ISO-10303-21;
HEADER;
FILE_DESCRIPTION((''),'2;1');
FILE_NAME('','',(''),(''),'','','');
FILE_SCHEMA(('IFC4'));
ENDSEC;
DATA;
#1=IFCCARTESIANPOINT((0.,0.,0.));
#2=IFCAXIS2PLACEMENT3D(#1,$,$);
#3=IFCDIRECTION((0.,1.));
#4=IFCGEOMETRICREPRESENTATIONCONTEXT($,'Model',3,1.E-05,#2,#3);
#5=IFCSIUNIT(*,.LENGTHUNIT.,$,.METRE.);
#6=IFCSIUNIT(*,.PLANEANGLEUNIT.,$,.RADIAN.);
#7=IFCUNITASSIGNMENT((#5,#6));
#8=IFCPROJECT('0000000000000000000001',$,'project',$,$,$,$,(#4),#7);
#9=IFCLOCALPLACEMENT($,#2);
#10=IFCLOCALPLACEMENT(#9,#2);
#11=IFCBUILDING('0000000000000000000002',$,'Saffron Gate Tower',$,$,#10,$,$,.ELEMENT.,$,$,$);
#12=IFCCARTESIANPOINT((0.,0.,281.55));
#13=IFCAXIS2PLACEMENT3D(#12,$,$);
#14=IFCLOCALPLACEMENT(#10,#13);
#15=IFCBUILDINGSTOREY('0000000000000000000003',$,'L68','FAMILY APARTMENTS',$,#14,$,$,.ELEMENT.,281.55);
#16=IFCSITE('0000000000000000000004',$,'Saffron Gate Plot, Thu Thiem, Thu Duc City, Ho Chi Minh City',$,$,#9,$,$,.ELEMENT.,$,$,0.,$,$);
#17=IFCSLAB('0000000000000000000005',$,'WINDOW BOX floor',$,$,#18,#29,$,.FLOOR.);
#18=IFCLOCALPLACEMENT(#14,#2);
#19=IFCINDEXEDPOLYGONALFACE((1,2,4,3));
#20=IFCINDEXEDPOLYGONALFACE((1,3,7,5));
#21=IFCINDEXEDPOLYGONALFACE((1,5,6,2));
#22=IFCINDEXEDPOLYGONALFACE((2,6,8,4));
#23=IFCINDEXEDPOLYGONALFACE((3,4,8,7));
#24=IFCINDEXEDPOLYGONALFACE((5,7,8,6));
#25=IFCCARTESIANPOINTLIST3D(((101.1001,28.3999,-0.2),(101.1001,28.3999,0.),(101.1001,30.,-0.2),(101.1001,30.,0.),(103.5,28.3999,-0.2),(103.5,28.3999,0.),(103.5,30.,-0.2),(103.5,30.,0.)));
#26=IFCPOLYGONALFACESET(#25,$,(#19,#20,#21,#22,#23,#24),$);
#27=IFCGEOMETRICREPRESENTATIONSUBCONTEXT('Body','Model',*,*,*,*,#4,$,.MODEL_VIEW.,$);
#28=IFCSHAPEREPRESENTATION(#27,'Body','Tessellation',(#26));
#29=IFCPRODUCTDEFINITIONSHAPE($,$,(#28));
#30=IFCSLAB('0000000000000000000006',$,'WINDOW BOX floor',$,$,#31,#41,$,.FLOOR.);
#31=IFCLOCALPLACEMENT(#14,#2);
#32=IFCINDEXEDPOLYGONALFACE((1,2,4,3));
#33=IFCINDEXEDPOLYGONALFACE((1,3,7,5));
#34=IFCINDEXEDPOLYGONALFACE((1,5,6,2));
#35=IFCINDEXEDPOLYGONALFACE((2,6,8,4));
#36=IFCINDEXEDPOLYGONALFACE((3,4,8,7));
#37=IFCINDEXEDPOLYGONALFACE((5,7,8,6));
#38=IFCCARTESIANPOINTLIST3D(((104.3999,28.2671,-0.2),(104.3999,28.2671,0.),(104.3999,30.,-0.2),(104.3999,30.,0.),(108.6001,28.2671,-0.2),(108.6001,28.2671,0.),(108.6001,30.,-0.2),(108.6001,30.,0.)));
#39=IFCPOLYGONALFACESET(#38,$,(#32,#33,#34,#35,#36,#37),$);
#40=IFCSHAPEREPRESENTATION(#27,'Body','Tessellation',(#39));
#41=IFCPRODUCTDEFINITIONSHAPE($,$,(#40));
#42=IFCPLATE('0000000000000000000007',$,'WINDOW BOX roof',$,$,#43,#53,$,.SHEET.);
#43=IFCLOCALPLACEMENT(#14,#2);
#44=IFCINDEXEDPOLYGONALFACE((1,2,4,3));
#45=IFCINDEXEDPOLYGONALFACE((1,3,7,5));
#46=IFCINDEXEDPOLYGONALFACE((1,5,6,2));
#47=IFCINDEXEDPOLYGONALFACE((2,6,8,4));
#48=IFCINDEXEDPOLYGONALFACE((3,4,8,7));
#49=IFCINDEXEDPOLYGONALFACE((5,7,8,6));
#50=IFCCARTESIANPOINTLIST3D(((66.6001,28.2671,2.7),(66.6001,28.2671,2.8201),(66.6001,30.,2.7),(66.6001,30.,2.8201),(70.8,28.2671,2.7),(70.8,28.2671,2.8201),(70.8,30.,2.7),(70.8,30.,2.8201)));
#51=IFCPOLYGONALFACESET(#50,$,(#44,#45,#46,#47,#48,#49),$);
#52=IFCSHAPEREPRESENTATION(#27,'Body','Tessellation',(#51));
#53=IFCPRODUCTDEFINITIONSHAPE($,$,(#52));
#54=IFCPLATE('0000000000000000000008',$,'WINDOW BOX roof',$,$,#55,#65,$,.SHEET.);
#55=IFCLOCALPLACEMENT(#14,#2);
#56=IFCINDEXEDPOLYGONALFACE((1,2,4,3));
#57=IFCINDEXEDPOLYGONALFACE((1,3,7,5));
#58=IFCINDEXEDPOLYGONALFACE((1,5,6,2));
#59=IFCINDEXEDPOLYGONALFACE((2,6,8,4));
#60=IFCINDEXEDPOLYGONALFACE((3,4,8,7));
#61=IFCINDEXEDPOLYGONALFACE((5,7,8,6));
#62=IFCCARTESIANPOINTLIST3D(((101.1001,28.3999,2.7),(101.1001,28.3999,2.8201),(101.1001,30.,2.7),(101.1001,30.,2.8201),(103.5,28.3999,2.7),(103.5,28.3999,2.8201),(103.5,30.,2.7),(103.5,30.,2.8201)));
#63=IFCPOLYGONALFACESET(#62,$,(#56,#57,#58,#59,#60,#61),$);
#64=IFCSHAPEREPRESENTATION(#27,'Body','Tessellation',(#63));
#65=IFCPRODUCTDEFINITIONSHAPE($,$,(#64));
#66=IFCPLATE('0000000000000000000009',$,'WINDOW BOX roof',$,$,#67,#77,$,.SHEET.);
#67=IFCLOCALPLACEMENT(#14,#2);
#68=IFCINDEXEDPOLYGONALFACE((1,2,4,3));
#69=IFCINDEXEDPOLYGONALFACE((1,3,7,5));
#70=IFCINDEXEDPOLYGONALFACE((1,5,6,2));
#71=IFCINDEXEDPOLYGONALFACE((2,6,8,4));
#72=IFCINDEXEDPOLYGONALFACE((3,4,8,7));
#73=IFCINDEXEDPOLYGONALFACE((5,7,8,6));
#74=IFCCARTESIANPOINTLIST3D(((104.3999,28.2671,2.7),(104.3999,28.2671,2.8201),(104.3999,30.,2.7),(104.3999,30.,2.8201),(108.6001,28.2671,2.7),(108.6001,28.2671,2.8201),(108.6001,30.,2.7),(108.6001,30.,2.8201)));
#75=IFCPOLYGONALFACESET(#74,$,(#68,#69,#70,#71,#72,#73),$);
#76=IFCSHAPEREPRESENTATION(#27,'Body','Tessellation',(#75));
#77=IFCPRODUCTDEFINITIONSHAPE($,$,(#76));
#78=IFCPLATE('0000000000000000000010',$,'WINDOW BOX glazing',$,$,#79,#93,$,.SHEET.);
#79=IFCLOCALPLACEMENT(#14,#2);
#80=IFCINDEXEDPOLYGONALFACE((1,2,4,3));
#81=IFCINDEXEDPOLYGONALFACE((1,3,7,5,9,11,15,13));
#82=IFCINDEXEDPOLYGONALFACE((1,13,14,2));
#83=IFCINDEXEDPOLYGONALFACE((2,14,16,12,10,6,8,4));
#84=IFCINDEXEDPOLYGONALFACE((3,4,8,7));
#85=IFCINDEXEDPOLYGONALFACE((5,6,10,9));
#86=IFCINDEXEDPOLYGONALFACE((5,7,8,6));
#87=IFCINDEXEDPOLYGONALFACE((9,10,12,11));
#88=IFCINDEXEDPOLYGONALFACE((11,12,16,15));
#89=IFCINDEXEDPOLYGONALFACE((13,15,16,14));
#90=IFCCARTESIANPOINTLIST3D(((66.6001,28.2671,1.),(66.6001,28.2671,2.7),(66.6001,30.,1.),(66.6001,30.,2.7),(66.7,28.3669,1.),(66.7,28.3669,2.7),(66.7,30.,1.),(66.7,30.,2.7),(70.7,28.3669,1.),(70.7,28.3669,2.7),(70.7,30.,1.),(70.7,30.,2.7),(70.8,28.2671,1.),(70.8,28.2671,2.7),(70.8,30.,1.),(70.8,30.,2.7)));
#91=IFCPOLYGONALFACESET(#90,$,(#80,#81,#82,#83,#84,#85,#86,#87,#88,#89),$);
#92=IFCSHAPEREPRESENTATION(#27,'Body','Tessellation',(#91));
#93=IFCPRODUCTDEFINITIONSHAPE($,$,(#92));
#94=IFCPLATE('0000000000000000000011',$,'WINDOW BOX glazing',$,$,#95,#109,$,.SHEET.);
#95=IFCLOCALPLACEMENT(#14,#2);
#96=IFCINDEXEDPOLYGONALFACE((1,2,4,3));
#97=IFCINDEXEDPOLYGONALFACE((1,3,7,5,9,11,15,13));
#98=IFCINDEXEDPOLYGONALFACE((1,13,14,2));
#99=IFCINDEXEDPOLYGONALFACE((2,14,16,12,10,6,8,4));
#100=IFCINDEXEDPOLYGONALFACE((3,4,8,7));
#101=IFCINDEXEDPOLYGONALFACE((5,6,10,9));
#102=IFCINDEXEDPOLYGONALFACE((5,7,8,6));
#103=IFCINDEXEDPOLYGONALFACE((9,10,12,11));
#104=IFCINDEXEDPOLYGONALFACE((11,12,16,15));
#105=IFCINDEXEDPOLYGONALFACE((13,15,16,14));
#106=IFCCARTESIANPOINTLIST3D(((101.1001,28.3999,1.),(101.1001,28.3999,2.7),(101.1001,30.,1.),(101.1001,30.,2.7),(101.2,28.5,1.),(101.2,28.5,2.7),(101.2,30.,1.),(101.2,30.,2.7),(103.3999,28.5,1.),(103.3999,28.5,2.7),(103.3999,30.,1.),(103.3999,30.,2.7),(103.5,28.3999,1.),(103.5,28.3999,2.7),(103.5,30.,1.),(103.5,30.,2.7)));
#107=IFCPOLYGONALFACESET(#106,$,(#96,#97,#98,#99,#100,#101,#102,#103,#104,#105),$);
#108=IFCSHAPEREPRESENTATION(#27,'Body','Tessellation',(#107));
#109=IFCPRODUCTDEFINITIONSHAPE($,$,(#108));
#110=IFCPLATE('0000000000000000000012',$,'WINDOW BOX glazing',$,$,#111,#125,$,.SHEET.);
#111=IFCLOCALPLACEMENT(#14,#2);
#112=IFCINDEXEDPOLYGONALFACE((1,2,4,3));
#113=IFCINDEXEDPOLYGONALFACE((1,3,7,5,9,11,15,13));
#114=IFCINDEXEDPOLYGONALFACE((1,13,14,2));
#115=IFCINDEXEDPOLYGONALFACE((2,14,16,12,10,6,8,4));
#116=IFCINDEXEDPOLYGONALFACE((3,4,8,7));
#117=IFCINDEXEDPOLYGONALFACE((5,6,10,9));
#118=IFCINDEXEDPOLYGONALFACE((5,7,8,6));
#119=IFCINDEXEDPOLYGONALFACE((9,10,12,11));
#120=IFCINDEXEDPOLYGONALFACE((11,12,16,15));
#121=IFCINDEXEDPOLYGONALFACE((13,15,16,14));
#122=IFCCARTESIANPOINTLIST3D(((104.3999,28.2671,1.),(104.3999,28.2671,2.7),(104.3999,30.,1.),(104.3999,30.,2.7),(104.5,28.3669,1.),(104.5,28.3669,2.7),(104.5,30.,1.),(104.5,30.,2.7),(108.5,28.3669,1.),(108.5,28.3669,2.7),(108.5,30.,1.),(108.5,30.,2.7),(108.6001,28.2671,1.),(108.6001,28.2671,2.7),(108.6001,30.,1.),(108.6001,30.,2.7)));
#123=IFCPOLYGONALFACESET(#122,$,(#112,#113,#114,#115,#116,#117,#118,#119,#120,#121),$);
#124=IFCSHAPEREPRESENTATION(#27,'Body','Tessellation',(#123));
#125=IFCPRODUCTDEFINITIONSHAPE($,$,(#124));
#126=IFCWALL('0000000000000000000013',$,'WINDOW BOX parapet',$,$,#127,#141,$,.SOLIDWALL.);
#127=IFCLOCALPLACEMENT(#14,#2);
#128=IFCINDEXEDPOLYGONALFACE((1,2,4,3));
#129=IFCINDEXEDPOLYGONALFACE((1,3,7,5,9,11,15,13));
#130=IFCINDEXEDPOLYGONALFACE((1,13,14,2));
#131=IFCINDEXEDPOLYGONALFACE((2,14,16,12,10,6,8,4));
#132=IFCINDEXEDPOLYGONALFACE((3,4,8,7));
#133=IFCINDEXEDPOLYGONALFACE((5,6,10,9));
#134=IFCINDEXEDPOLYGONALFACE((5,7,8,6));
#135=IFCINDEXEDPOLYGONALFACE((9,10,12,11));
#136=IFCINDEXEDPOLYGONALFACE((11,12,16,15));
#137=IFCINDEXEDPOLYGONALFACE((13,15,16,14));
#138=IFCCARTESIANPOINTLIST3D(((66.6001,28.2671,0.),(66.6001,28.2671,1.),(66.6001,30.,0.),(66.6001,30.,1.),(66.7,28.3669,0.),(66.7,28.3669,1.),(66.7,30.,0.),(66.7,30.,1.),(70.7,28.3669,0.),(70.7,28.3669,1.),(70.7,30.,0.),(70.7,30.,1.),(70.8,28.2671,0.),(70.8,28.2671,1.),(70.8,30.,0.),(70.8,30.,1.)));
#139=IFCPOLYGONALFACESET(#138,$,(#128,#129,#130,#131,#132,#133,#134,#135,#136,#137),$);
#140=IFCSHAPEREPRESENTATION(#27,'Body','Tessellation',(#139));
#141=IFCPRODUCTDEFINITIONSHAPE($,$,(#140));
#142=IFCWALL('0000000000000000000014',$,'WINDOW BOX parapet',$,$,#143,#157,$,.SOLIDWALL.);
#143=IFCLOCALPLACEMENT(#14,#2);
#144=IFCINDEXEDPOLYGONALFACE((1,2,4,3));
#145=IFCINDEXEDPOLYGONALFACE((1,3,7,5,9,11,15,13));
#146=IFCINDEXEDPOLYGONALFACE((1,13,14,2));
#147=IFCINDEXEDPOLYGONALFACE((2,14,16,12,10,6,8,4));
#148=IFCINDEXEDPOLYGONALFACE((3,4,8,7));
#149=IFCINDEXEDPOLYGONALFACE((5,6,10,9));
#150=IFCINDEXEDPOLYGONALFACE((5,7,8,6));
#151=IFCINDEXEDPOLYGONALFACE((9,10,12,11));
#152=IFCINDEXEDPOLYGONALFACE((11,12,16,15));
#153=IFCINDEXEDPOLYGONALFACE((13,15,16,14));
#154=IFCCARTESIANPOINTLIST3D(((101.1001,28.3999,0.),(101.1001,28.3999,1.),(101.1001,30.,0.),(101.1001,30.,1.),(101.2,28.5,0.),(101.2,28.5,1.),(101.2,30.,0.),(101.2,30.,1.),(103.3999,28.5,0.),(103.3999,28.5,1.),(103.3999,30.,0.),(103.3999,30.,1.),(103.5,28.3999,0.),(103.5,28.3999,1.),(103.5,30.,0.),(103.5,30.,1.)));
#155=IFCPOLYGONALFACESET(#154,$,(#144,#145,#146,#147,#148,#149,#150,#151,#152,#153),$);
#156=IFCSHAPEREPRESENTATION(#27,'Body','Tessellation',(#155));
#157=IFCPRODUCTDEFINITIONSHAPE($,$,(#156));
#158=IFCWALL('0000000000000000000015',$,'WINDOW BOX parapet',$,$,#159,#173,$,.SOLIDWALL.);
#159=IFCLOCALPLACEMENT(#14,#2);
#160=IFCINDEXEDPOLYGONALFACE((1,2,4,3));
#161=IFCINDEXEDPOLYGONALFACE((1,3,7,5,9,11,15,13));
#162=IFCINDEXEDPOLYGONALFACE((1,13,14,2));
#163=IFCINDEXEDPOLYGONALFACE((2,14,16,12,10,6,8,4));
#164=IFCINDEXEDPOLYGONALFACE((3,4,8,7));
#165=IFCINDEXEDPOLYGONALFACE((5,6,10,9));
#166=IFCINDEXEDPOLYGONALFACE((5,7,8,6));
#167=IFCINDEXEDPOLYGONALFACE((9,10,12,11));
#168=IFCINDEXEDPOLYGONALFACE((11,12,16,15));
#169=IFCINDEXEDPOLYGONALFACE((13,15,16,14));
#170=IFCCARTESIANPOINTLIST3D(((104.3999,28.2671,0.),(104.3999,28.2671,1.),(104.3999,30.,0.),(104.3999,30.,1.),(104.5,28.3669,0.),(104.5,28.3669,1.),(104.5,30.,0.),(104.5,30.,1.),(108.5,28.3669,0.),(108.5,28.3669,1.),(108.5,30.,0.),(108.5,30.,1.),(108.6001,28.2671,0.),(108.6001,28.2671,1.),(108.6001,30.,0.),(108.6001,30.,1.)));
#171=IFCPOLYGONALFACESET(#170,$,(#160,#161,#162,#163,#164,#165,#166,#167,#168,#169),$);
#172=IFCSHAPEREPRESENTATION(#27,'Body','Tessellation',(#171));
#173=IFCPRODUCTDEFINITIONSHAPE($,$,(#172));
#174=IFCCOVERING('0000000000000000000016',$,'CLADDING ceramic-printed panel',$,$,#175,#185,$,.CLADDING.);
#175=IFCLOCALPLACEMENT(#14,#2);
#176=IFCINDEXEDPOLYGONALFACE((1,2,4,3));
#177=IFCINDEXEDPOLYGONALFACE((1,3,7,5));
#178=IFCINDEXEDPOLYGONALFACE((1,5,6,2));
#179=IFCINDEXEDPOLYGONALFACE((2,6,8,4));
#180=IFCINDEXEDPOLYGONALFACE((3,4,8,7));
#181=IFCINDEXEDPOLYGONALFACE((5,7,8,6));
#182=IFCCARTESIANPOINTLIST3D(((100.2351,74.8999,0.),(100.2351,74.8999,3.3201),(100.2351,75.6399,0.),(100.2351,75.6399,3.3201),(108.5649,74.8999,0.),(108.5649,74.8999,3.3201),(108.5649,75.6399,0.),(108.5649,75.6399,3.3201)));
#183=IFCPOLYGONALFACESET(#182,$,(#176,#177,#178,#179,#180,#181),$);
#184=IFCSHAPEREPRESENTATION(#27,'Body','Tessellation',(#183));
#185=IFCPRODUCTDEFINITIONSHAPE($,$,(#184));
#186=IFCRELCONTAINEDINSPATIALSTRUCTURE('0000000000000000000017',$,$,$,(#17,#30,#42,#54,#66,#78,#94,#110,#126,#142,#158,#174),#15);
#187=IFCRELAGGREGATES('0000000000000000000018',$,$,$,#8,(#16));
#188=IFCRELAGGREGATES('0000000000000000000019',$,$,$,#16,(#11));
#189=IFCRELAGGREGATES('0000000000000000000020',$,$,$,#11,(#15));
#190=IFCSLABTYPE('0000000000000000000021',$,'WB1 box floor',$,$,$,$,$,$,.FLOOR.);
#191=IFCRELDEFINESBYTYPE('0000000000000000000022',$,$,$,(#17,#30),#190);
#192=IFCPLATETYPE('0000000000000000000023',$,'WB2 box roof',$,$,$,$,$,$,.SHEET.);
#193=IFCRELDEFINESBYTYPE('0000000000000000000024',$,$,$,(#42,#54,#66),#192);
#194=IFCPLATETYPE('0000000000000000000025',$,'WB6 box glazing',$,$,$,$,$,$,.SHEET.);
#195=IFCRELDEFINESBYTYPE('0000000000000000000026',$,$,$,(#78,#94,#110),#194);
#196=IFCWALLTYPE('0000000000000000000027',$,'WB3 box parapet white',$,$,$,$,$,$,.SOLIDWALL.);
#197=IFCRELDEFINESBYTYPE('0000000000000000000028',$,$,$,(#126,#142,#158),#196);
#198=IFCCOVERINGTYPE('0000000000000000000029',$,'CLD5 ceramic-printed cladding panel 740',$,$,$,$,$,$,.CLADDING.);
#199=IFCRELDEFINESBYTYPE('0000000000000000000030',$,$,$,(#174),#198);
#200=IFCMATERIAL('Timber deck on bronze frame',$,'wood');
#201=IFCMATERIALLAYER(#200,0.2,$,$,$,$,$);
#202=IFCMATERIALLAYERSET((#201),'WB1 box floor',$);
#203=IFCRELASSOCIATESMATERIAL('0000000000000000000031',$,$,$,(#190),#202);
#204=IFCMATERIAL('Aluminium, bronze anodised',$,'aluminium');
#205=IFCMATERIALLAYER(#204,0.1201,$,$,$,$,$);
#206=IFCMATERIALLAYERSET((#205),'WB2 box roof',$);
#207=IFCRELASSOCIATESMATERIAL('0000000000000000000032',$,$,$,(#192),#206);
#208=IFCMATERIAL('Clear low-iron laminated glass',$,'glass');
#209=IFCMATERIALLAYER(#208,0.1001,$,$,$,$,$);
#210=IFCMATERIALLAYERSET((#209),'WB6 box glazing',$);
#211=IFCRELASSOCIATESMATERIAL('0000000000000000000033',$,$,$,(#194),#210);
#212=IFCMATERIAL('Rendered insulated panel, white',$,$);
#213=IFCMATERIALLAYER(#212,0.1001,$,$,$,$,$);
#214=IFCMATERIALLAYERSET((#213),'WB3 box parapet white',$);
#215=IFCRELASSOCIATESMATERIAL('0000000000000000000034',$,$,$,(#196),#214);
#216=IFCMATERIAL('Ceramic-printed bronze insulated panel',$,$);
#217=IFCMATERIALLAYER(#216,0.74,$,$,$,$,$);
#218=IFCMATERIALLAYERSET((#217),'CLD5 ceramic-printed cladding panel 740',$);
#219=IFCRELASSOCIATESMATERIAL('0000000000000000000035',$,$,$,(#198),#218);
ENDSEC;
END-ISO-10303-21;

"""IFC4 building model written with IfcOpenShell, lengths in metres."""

from ifc_helpers import new_model, si_unit, direction, frame, origin, place, context, subcontext, project, spatial, polyline, outline, extrude, material, layer, layer_set, type_object, element, save


model = new_model("IFC4")

# Units and contexts
model_context = context("Model", 3, precision=1e-05, world=origin(), true_north=direction((0.0, 1.0)))
body_context = subcontext(model_context, "Body", "Model", "MODEL_VIEW")
ifc_project = project(units=[si_unit("LENGTHUNIT", "METRE"), si_unit("PLANEANGLEUNIT", "RADIAN")], contexts=[model_context])

# Site, building, storey
site_placement = place(None, origin())
site = spatial("IfcSite", under=ifc_project, at=site_placement, Name="Saffron Gate Plot, Thu Thiem, Thu Duc City, Ho Chi Minh City", CompositionType="ELEMENT", RefElevation=0.0)
building_placement = place(site_placement, origin())
building = spatial("IfcBuilding", under=site, at=building_placement, Name="Saffron Gate Tower", CompositionType="ELEMENT")
storey_placement = place(building_placement, frame((0.0, 0.0, 281.55)))
storey = spatial("IfcBuildingStorey", under=building, at=storey_placement, Name="L68", Description="FAMILY APARTMENTS", CompositionType="ELEMENT", Elevation=281.55)

# Slabs
ifc_material_1 = material(Name="Timber deck on bronze frame", Category="wood")
ifc_layer_1 = layer(ifc_material_1, 0.2)
ifc_layer_set_1 = layer_set([ifc_layer_1], Name="WB1 box floor")
slab_type_1 = type_object("IfcSlabType", Name="WB1 box floor", PredefinedType="FLOOR", material=ifc_layer_set_1)
slab_1_placement = place(storey_placement, frame((0.0, 0.0, -0.2)))
element("IfcSlab", 1, at=slab_1_placement, inside=storey, type_object=slab_type_1, Name="WINDOW BOX floor", PredefinedType="FLOOR", context=body_context, shape_type="SweptSolid", body=[
    extrude(outline(polyline([(101.1001, 30.0), (103.5, 30.0), (103.5, 28.3999), (101.1001, 28.3999), (101.1001, 30.0)])), origin(), (0.0, 0.0, 1.0), 0.2),
])
slab_2_placement = place(storey_placement, frame((0.0, 0.0, -0.2)))
element("IfcSlab", 2, at=slab_2_placement, inside=storey, type_object=slab_type_1, Name="WINDOW BOX floor", PredefinedType="FLOOR", context=body_context, shape_type="SweptSolid", body=[
    extrude(outline(polyline([(104.3999, 30.0), (108.6001, 30.0), (108.6001, 28.2671), (104.3999, 28.2671), (104.3999, 30.0)])), origin(), (0.0, 0.0, 1.0), 0.2),
])

# Plates
ifc_material_2 = material(Name="Aluminium, bronze anodised", Category="aluminium")
ifc_layer_2 = layer(ifc_material_2, 0.1201)
ifc_layer_set_2 = layer_set([ifc_layer_2], Name="WB2 box roof")
plate_type_1 = type_object("IfcPlateType", Name="WB2 box roof", PredefinedType="SHEET", material=ifc_layer_set_2)
plate_1_placement = place(storey_placement, frame((0.0, 0.0, 2.7)))
element("IfcPlate", 3, at=plate_1_placement, inside=storey, type_object=plate_type_1, Name="WINDOW BOX roof", PredefinedType="SHEET", context=body_context, shape_type="SweptSolid", body=[
    extrude(outline(polyline([(66.6001, 30.0), (70.8, 30.0), (70.8, 28.2671), (66.6001, 28.2671), (66.6001, 30.0)])), origin(), (0.0, 0.0, 1.0), 0.1201),
])
plate_2_placement = place(storey_placement, frame((0.0, 0.0, 2.7)))
element("IfcPlate", 4, at=plate_2_placement, inside=storey, type_object=plate_type_1, Name="WINDOW BOX roof", PredefinedType="SHEET", context=body_context, shape_type="SweptSolid", body=[
    extrude(outline(polyline([(101.1001, 30.0), (103.5, 30.0), (103.5, 28.3999), (101.1001, 28.3999), (101.1001, 30.0)])), origin(), (0.0, 0.0, 1.0), 0.1201),
])
plate_3_placement = place(storey_placement, frame((0.0, 0.0, 2.7)))
element("IfcPlate", 5, at=plate_3_placement, inside=storey, type_object=plate_type_1, Name="WINDOW BOX roof", PredefinedType="SHEET", context=body_context, shape_type="SweptSolid", body=[
    extrude(outline(polyline([(104.3999, 30.0), (108.6001, 30.0), (108.6001, 28.2671), (104.3999, 28.2671), (104.3999, 30.0)])), origin(), (0.0, 0.0, 1.0), 0.1201),
])
ifc_material_3 = material(Name="Clear low-iron laminated glass", Category="glass")
ifc_layer_3 = layer(ifc_material_3, 0.1001)
ifc_layer_set_3 = layer_set([ifc_layer_3], Name="WB6 box glazing")
plate_type_2 = type_object("IfcPlateType", Name="WB6 box glazing", PredefinedType="SHEET", material=ifc_layer_set_3)
plate_4_placement = place(storey_placement, frame((0.0, 0.0, 1.0)))
element("IfcPlate", 6, at=plate_4_placement, inside=storey, type_object=plate_type_2, Name="WINDOW BOX glazing", PredefinedType="SHEET", context=body_context, shape_type="SweptSolid", body=[
    extrude(outline(polyline([(66.6001, 30.0), (66.7, 30.0), (66.7, 28.3669), (70.7, 28.3669), (70.7, 30.0), (70.8, 30.0), (70.8, 28.2671), (66.6001, 28.2671), (66.6001, 30.0)])), origin(), (0.0, 0.0, 1.0), 1.7),
])
plate_5_placement = place(storey_placement, frame((0.0, 0.0, 1.0)))
element("IfcPlate", 7, at=plate_5_placement, inside=storey, type_object=plate_type_2, Name="WINDOW BOX glazing", PredefinedType="SHEET", context=body_context, shape_type="SweptSolid", body=[
    extrude(outline(polyline([(101.1001, 30.0), (101.2, 30.0), (101.2, 28.5), (103.3999, 28.5), (103.3999, 30.0), (103.5, 30.0), (103.5, 28.3999), (101.1001, 28.3999), (101.1001, 30.0)])), origin(), (0.0, 0.0, 1.0), 1.7),
])
plate_6_placement = place(storey_placement, frame((0.0, 0.0, 1.0)))
element("IfcPlate", 8, at=plate_6_placement, inside=storey, type_object=plate_type_2, Name="WINDOW BOX glazing", PredefinedType="SHEET", context=body_context, shape_type="SweptSolid", body=[
    extrude(outline(polyline([(104.3999, 30.0), (104.5, 30.0), (104.5, 28.3669), (108.5, 28.3669), (108.5, 30.0), (108.6001, 30.0), (108.6001, 28.2671), (104.3999, 28.2671), (104.3999, 30.0)])), origin(), (0.0, 0.0, 1.0), 1.7),
])

# Walls
ifc_material_4 = material(Name="Rendered insulated panel, white")
ifc_layer_4 = layer(ifc_material_4, 0.1001)
ifc_layer_set_4 = layer_set([ifc_layer_4], Name="WB3 box parapet white")
wall_type = type_object("IfcWallType", Name="WB3 box parapet white", PredefinedType="SOLIDWALL", material=ifc_layer_set_4)
wall_1_placement = place(storey_placement, origin())
element("IfcWall", 9, at=wall_1_placement, inside=storey, type_object=wall_type, Name="WINDOW BOX parapet", PredefinedType="SOLIDWALL", context=body_context, shape_type="SweptSolid", body=[
    extrude(outline(polyline([(66.6001, 30.0), (66.7, 30.0), (66.7, 28.3669), (70.7, 28.3669), (70.7, 30.0), (70.8, 30.0), (70.8, 28.2671), (66.6001, 28.2671), (66.6001, 30.0)])), origin(), (0.0, 0.0, 1.0), 1.0),
])
wall_2_placement = place(storey_placement, origin())
element("IfcWall", 10, at=wall_2_placement, inside=storey, type_object=wall_type, Name="WINDOW BOX parapet", PredefinedType="SOLIDWALL", context=body_context, shape_type="SweptSolid", body=[
    extrude(outline(polyline([(101.1001, 30.0), (101.2, 30.0), (101.2, 28.5), (103.3999, 28.5), (103.3999, 30.0), (103.5, 30.0), (103.5, 28.3999), (101.1001, 28.3999), (101.1001, 30.0)])), origin(), (0.0, 0.0, 1.0), 1.0),
])
wall_3_placement = place(storey_placement, origin())
element("IfcWall", 11, at=wall_3_placement, inside=storey, type_object=wall_type, Name="WINDOW BOX parapet", PredefinedType="SOLIDWALL", context=body_context, shape_type="SweptSolid", body=[
    extrude(outline(polyline([(104.3999, 30.0), (104.5, 30.0), (104.5, 28.3669), (108.5, 28.3669), (108.5, 30.0), (108.6001, 30.0), (108.6001, 28.2671), (104.3999, 28.2671), (104.3999, 30.0)])), origin(), (0.0, 0.0, 1.0), 1.0),
])

# Covering
ifc_material_5 = material(Name="Ceramic-printed bronze insulated panel")
ifc_layer_5 = layer(ifc_material_5, 0.74)
ifc_layer_set_5 = layer_set([ifc_layer_5], Name="CLD5 ceramic-printed cladding panel 740")
covering_type = type_object("IfcCoveringType", Name="CLD5 ceramic-printed cladding panel 740", PredefinedType="CLADDING", material=ifc_layer_set_5)
covering_1_placement = place(storey_placement, origin())
element("IfcCovering", 12, at=covering_1_placement, inside=storey, type_object=covering_type, Name="CLADDING ceramic-printed panel", PredefinedType="CLADDING", context=body_context, shape_type="SweptSolid", body=[
    extrude(outline(polyline([(108.5649, 75.6399), (100.2351, 75.6399), (100.2351, 74.8999), (108.5649, 74.8999), (108.5649, 75.6399)])), origin(), (0.0, 0.0, 1.0), 3.3201),
])

save(model, "model.ifc")
